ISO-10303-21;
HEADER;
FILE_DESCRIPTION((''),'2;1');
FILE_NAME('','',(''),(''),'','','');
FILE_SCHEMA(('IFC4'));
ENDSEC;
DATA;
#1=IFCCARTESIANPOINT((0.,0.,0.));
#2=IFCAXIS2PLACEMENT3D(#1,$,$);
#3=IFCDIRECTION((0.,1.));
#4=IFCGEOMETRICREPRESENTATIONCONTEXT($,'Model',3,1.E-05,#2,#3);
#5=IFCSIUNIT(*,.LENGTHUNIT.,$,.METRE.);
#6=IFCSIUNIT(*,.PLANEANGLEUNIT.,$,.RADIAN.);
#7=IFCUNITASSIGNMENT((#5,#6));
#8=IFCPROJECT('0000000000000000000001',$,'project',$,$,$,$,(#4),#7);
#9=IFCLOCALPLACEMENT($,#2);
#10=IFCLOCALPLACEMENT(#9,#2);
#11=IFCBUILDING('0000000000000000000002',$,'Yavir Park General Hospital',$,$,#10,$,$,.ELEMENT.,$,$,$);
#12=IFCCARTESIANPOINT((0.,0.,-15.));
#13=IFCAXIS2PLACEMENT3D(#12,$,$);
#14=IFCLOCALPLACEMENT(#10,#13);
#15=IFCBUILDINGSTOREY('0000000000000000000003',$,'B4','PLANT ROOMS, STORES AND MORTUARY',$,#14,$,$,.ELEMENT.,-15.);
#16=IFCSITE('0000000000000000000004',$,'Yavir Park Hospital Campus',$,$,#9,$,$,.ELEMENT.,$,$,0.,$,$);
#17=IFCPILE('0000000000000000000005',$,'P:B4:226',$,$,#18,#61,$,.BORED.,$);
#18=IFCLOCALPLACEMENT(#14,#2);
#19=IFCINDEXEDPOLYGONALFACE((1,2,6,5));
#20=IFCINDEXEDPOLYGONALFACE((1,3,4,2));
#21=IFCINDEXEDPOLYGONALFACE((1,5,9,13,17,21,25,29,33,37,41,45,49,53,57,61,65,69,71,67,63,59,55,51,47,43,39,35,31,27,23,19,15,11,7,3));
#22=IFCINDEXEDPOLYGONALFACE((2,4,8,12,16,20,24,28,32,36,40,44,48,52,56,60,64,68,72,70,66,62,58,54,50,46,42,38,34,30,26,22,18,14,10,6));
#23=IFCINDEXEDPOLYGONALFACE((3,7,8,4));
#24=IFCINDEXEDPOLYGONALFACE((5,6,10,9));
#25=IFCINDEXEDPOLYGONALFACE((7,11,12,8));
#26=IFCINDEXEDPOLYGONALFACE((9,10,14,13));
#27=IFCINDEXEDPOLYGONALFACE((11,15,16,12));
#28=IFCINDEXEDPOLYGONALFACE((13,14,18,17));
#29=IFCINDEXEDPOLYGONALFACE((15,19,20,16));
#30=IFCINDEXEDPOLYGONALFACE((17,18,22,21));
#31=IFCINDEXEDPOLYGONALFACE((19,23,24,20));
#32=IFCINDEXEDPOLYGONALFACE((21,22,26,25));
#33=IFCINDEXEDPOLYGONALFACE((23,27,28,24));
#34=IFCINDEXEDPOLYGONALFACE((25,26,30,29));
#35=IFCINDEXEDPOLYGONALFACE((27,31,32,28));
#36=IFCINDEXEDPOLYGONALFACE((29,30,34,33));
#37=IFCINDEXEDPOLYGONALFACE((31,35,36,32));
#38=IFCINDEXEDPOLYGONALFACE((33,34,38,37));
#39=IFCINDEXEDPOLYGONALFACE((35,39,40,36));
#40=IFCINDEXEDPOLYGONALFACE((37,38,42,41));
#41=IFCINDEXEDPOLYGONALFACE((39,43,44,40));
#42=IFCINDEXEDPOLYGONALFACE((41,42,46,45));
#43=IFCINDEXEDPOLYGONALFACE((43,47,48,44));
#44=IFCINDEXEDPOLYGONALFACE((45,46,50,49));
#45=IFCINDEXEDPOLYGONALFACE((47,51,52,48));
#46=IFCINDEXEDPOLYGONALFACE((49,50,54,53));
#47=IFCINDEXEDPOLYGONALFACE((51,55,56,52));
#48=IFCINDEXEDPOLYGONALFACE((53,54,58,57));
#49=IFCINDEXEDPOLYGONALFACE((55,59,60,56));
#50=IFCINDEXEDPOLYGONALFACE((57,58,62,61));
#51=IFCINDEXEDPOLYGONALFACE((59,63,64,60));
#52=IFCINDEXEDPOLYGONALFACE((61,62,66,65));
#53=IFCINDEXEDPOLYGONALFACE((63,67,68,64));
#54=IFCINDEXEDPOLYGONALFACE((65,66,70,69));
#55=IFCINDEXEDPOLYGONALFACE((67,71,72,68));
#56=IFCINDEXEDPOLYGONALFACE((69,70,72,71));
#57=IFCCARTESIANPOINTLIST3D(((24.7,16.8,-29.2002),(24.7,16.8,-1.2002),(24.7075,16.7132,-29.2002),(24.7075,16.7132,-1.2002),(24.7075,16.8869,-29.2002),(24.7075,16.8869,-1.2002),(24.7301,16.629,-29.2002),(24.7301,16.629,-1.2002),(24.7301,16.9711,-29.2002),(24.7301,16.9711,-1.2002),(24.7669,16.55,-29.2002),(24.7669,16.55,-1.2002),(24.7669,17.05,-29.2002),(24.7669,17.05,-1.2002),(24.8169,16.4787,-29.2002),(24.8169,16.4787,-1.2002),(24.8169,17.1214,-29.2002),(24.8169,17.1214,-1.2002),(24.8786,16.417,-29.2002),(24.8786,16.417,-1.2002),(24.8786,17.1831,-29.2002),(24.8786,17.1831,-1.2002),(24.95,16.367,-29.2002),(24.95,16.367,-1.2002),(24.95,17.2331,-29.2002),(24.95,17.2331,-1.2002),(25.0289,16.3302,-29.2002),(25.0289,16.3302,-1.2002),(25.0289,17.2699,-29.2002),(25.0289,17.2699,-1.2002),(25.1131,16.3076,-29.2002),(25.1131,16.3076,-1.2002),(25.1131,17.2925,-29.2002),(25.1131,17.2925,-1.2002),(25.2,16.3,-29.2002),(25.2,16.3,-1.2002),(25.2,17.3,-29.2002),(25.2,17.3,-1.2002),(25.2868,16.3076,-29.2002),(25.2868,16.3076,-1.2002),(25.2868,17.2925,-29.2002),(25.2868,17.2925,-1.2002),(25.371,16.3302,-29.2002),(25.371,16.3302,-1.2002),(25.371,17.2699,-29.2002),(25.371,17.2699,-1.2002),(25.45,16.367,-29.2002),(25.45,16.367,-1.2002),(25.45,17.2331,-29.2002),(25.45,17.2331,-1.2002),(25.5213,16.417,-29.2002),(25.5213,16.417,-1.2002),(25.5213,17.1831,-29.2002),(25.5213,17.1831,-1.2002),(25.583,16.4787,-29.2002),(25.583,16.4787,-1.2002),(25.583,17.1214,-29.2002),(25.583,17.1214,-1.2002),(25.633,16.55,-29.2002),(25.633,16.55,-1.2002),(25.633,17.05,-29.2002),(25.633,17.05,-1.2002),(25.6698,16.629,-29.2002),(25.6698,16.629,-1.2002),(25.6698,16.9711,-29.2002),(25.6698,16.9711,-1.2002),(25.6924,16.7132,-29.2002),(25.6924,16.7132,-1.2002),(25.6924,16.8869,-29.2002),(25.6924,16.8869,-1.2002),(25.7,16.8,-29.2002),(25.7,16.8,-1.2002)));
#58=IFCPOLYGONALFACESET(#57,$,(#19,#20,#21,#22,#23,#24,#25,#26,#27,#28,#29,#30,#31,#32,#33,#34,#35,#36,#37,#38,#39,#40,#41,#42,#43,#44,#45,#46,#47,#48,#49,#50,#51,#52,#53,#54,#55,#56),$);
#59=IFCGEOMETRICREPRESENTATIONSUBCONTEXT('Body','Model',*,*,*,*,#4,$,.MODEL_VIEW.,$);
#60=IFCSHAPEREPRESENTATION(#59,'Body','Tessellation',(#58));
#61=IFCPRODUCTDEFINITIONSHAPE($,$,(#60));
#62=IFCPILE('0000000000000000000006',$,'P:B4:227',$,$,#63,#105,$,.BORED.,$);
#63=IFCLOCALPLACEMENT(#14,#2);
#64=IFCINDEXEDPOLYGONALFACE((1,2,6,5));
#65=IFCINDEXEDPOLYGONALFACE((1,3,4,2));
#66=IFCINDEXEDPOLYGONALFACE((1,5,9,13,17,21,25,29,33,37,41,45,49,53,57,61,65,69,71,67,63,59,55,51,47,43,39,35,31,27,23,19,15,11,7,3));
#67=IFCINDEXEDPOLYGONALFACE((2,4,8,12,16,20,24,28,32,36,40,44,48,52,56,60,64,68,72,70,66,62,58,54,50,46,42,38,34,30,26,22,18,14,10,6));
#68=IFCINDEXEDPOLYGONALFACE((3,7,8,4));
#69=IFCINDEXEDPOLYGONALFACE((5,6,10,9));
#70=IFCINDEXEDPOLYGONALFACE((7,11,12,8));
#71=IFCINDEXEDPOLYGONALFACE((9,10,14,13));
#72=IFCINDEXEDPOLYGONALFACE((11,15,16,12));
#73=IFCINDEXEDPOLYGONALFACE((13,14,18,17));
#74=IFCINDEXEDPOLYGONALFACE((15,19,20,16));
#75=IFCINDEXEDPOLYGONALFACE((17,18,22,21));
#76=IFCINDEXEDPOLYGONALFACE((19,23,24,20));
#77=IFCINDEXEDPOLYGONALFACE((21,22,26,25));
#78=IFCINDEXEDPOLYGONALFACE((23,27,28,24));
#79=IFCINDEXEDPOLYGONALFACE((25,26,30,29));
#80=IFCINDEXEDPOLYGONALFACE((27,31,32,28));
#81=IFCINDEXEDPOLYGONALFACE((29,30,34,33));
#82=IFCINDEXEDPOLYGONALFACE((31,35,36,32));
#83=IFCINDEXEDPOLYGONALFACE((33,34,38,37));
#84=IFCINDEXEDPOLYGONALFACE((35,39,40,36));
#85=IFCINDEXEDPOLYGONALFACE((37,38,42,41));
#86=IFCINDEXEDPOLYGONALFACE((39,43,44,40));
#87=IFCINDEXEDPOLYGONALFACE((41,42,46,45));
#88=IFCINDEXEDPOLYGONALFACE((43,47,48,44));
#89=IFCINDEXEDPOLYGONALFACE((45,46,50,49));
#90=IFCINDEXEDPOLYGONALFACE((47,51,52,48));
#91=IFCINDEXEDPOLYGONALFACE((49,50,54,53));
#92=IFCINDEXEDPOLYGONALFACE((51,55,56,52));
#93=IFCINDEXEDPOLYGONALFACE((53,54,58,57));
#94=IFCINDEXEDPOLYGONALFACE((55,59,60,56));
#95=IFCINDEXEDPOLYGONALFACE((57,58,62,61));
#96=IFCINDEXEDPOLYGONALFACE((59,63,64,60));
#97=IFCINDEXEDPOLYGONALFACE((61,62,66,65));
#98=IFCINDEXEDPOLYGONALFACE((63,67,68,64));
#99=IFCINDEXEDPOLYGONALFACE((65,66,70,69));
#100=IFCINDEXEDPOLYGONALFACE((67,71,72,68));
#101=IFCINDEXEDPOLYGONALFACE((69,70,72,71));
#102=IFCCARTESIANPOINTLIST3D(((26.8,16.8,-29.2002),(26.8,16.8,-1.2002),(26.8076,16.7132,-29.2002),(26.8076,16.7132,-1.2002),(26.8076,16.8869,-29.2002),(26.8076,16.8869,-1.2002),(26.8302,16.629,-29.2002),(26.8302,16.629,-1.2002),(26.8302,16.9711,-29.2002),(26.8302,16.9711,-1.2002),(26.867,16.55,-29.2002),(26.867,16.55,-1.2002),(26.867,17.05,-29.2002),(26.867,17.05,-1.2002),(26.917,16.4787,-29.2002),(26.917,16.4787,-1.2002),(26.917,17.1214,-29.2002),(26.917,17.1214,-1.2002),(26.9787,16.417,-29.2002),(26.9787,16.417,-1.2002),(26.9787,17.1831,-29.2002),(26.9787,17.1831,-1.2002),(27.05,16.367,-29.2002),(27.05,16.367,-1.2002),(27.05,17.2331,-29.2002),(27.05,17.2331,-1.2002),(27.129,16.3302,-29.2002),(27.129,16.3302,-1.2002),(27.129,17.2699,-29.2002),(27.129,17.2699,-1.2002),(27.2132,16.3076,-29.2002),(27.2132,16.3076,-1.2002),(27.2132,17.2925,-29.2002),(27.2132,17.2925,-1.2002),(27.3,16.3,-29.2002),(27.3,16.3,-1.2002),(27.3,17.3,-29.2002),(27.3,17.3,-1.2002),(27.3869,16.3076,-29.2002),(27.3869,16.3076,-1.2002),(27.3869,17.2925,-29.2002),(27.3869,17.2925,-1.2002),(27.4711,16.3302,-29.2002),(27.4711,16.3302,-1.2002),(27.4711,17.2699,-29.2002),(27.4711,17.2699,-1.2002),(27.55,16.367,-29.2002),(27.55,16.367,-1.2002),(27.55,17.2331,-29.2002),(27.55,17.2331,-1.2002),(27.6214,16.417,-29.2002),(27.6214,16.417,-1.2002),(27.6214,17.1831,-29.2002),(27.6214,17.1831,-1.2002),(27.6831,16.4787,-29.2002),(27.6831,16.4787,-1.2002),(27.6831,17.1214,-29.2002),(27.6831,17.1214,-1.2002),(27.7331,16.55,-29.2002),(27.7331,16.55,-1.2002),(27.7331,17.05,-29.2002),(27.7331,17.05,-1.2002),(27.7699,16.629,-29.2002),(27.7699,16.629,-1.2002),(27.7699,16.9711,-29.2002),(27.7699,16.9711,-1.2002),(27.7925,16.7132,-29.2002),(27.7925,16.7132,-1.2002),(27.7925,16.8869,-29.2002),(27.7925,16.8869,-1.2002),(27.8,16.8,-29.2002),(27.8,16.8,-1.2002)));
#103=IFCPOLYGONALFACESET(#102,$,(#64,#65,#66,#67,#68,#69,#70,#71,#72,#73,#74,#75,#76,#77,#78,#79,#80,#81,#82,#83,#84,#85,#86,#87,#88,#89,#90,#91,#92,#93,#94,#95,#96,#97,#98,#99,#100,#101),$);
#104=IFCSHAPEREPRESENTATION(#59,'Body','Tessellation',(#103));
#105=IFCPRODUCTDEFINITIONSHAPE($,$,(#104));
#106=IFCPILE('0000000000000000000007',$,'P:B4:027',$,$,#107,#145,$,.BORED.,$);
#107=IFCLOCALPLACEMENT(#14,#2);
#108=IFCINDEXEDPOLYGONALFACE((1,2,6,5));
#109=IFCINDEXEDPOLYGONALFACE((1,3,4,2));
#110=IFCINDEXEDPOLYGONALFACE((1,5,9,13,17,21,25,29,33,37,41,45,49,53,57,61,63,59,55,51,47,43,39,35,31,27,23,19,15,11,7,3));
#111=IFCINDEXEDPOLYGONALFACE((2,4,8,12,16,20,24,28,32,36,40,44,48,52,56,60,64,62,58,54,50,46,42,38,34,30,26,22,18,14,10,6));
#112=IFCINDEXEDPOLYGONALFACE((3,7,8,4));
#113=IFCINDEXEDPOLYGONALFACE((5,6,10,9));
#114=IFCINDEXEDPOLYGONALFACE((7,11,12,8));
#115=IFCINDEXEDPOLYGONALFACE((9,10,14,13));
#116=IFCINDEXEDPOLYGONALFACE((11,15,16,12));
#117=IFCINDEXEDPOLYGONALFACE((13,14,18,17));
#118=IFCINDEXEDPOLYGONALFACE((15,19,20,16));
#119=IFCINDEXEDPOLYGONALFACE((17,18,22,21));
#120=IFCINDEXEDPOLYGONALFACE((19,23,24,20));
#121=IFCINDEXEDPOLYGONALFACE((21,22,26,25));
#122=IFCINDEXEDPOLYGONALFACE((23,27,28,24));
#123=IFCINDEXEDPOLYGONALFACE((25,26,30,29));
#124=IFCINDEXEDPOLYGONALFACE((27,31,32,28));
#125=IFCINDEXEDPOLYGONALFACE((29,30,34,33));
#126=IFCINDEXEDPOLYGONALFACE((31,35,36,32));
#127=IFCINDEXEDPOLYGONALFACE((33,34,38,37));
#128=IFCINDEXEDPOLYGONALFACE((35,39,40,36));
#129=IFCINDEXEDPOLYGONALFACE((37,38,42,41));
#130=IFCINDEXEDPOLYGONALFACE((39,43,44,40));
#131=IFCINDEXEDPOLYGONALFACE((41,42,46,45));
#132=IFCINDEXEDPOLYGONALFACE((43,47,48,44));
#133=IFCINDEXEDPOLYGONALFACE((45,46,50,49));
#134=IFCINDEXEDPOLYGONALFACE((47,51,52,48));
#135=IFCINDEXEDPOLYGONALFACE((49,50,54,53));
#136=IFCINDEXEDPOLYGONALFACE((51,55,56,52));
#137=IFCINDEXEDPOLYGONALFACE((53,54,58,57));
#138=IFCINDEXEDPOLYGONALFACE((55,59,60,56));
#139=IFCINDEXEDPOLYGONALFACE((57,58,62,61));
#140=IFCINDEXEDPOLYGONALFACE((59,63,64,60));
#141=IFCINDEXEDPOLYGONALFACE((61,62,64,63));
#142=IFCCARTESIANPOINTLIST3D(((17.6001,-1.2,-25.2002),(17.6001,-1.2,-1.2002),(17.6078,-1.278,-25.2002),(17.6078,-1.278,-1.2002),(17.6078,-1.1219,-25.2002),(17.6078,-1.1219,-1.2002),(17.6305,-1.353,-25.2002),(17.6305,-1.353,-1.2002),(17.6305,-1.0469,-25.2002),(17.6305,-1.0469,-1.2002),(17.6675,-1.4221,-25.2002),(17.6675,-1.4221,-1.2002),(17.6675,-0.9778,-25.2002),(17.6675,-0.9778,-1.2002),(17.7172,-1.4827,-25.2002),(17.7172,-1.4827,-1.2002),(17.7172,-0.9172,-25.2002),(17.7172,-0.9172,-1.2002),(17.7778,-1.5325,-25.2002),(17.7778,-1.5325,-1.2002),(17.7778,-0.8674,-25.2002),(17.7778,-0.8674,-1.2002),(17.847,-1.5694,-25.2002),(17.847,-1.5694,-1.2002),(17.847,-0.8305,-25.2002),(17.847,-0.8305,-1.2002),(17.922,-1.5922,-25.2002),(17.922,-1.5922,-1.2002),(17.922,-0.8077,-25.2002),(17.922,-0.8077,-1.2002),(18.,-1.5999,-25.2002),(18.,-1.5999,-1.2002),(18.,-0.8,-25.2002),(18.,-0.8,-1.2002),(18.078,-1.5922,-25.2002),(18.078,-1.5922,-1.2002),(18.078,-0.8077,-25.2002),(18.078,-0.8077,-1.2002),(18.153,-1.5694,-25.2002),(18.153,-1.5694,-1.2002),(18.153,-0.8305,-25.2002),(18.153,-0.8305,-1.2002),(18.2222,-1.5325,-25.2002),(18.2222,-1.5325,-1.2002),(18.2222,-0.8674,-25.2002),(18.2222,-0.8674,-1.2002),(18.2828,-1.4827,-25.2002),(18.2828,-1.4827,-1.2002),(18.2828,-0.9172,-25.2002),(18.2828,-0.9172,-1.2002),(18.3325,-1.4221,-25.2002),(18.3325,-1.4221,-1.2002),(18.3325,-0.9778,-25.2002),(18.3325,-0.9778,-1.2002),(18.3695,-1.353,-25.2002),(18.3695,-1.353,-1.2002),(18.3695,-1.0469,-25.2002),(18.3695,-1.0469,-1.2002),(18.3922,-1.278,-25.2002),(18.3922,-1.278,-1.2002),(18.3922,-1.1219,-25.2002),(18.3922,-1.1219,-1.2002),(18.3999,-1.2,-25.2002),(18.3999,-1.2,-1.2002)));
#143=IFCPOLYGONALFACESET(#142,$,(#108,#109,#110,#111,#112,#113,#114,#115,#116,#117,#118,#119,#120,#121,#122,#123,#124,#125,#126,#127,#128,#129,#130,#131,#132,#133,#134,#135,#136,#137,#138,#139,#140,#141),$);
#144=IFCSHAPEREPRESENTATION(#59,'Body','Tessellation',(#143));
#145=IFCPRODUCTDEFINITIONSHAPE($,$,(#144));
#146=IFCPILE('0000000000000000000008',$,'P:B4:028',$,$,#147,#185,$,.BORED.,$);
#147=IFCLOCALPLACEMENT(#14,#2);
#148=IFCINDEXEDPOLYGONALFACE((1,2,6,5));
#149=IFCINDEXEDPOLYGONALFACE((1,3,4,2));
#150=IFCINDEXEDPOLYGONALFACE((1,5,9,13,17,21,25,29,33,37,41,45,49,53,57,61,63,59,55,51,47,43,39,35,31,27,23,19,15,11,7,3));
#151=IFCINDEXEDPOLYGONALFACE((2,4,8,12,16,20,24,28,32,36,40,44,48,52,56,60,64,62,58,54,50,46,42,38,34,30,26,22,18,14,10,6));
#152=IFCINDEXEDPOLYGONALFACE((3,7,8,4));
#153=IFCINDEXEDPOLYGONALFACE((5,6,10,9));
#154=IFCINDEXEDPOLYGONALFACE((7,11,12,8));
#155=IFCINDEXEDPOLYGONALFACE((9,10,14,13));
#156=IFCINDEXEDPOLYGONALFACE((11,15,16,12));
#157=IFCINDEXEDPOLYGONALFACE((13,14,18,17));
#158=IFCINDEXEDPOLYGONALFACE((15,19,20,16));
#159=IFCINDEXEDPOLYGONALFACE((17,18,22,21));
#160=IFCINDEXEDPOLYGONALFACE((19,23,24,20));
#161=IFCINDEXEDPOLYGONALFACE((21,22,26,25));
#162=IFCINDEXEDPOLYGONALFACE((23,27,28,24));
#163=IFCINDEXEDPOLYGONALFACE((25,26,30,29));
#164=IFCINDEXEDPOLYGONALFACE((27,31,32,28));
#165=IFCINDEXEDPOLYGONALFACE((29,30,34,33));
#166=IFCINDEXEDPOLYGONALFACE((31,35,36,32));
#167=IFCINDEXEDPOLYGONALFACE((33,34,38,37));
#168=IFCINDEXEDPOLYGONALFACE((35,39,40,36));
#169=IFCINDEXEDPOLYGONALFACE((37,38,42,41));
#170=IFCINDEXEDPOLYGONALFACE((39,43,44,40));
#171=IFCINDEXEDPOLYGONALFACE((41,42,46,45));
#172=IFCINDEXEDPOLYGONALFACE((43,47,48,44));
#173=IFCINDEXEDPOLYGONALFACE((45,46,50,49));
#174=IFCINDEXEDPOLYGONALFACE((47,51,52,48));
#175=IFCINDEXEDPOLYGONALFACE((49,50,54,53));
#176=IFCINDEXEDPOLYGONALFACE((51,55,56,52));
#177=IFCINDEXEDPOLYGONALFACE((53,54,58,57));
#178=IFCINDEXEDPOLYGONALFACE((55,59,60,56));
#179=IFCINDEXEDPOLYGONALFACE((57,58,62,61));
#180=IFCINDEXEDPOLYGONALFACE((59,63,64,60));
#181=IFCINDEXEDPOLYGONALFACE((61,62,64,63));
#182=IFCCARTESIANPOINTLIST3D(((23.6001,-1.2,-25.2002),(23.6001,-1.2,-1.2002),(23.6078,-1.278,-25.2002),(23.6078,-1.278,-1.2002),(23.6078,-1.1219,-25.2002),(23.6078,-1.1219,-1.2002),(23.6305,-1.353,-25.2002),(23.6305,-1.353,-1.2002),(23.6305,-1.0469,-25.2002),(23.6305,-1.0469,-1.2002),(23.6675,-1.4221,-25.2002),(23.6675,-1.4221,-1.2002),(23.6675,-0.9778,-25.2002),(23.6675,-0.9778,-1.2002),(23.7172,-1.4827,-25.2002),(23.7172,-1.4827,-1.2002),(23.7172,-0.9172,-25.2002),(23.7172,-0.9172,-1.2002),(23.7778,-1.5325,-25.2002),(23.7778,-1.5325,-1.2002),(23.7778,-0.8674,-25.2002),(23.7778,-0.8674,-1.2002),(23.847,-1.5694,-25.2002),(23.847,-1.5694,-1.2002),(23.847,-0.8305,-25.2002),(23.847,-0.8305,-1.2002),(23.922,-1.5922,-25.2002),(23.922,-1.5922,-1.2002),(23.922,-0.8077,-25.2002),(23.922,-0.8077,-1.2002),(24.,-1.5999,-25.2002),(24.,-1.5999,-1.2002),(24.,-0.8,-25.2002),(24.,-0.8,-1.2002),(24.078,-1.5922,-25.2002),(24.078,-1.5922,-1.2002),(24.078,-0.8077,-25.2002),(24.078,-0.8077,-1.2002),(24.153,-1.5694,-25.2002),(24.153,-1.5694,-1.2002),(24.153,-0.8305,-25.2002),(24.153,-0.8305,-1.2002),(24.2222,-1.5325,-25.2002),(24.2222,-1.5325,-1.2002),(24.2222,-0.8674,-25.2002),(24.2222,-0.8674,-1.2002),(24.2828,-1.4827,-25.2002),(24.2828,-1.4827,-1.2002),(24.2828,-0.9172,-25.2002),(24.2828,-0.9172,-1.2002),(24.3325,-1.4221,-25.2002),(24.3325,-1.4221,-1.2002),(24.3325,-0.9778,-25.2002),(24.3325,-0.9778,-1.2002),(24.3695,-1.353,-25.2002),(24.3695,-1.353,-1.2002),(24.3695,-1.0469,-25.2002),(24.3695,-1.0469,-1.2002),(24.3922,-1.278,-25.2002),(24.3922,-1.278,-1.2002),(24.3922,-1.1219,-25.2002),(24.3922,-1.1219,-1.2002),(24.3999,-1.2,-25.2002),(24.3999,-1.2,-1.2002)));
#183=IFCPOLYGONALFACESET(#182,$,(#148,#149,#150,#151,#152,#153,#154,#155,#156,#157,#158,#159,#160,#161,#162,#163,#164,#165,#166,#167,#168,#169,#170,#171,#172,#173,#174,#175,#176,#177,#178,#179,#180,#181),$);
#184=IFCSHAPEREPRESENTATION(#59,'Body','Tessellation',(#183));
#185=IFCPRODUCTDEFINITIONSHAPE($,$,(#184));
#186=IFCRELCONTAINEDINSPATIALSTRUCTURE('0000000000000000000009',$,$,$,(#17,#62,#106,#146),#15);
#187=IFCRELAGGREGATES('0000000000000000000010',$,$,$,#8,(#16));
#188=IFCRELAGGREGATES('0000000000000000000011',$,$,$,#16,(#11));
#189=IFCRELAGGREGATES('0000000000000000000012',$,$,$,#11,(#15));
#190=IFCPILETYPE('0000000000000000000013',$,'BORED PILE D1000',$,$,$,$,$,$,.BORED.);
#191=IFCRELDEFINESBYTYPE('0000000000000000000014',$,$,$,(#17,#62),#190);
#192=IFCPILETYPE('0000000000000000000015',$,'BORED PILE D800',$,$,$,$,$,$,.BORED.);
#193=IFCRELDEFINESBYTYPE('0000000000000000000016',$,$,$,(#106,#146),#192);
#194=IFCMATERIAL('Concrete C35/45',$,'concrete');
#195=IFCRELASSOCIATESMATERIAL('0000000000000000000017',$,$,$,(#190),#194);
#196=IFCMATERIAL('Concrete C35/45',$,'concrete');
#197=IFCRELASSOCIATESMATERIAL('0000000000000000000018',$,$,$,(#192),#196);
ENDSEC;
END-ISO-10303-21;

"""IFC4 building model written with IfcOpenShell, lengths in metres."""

from ifc_helpers import new_model, si_unit, direction, frame, origin, origin_2d, place, context, subcontext, project, spatial, circle, extrude, material, material_profile, profile_set, type_object, element, save


model = new_model("IFC4")

# Units and contexts
model_context = context("Model", 3, precision=1e-05, world=origin(), true_north=direction((0.0, 1.0)))
body_context = subcontext(model_context, "Body", "Model", "MODEL_VIEW")
ifc_project = project(units=[si_unit("LENGTHUNIT", "METRE"), si_unit("PLANEANGLEUNIT", "RADIAN")], contexts=[model_context])

# Site, building, storey
site_placement = place(None, origin())
site = spatial("IfcSite", under=ifc_project, at=site_placement, Name="Yavir Park Hospital Campus", CompositionType="ELEMENT", RefElevation=0.0)
building_placement = place(site_placement, origin())
building = spatial("IfcBuilding", under=site, at=building_placement, Name="Yavir Park General Hospital", CompositionType="ELEMENT")
storey_placement = place(building_placement, frame((0.0, 0.0, -15.0)))
storey = spatial("IfcBuildingStorey", under=building, at=storey_placement, Name="B4", Description="PLANT ROOMS, STORES AND MORTUARY", CompositionType="ELEMENT", Elevation=-15.0)

# Piles
ifc_material_1 = material(Name="Concrete C35/45", Category="concrete")
ifc_material_profile_1 = material_profile(ifc_material_1, circle(Radius=0.5, at=origin_2d()), Name="D1000")
ifc_profile_set_1 = profile_set([ifc_material_profile_1], Name="Concrete C35/45")
pile_type_1 = type_object("IfcPileType", Name="BORED PILE D1000", PredefinedType="BORED", material=ifc_profile_set_1)
for number, where, z_axis, x_axis, name in (
    (1, (25.2, 16.8, -1.2002), (0.0, 0.0, -1.0), (1.0, 0.0, 0.0), "P:B4:226"),
    (2, (27.3, 16.8, -1.2002), (0.0, 0.0, -1.0), (1.0, 0.0, 0.0), "P:B4:227"),
):
    element("IfcPile", number, at=place(storey_placement, frame(where, z_axis=z_axis, x_axis=x_axis)), inside=storey, type_object=pile_type_1, Name=name, PredefinedType="BORED", context=body_context, shape_type="SweptSolid", body=[
        extrude(circle(Radius=0.5, at=origin_2d()), origin(), (0.0, 0.0, 1.0), 28.0),
    ])
ifc_material_2 = material(Name="Concrete C35/45", Category="concrete")
ifc_material_profile_2 = material_profile(ifc_material_2, circle(Radius=0.3999, at=origin_2d()), Name="D800")
ifc_profile_set_2 = profile_set([ifc_material_profile_2], Name="Concrete C35/45")
pile_type_2 = type_object("IfcPileType", Name="BORED PILE D800", PredefinedType="BORED", material=ifc_profile_set_2)
for number, where, z_axis, x_axis, name in (
    (3, (18.0, -1.2, -1.2002), (0.0, 0.0, -1.0), (1.0, 0.0, 0.0), "P:B4:027"),
    (4, (24.0, -1.2, -1.2002), (0.0, 0.0, -1.0), (1.0, 0.0, 0.0), "P:B4:028"),
):
    element("IfcPile", number, at=place(storey_placement, frame(where, z_axis=z_axis, x_axis=x_axis)), inside=storey, type_object=pile_type_2, Name=name, PredefinedType="BORED", context=body_context, shape_type="SweptSolid", body=[
        extrude(circle(Radius=0.3999, at=origin_2d()), origin(), (0.0, 0.0, 1.0), 24.0),
    ])

save(model, "model.ifc")
